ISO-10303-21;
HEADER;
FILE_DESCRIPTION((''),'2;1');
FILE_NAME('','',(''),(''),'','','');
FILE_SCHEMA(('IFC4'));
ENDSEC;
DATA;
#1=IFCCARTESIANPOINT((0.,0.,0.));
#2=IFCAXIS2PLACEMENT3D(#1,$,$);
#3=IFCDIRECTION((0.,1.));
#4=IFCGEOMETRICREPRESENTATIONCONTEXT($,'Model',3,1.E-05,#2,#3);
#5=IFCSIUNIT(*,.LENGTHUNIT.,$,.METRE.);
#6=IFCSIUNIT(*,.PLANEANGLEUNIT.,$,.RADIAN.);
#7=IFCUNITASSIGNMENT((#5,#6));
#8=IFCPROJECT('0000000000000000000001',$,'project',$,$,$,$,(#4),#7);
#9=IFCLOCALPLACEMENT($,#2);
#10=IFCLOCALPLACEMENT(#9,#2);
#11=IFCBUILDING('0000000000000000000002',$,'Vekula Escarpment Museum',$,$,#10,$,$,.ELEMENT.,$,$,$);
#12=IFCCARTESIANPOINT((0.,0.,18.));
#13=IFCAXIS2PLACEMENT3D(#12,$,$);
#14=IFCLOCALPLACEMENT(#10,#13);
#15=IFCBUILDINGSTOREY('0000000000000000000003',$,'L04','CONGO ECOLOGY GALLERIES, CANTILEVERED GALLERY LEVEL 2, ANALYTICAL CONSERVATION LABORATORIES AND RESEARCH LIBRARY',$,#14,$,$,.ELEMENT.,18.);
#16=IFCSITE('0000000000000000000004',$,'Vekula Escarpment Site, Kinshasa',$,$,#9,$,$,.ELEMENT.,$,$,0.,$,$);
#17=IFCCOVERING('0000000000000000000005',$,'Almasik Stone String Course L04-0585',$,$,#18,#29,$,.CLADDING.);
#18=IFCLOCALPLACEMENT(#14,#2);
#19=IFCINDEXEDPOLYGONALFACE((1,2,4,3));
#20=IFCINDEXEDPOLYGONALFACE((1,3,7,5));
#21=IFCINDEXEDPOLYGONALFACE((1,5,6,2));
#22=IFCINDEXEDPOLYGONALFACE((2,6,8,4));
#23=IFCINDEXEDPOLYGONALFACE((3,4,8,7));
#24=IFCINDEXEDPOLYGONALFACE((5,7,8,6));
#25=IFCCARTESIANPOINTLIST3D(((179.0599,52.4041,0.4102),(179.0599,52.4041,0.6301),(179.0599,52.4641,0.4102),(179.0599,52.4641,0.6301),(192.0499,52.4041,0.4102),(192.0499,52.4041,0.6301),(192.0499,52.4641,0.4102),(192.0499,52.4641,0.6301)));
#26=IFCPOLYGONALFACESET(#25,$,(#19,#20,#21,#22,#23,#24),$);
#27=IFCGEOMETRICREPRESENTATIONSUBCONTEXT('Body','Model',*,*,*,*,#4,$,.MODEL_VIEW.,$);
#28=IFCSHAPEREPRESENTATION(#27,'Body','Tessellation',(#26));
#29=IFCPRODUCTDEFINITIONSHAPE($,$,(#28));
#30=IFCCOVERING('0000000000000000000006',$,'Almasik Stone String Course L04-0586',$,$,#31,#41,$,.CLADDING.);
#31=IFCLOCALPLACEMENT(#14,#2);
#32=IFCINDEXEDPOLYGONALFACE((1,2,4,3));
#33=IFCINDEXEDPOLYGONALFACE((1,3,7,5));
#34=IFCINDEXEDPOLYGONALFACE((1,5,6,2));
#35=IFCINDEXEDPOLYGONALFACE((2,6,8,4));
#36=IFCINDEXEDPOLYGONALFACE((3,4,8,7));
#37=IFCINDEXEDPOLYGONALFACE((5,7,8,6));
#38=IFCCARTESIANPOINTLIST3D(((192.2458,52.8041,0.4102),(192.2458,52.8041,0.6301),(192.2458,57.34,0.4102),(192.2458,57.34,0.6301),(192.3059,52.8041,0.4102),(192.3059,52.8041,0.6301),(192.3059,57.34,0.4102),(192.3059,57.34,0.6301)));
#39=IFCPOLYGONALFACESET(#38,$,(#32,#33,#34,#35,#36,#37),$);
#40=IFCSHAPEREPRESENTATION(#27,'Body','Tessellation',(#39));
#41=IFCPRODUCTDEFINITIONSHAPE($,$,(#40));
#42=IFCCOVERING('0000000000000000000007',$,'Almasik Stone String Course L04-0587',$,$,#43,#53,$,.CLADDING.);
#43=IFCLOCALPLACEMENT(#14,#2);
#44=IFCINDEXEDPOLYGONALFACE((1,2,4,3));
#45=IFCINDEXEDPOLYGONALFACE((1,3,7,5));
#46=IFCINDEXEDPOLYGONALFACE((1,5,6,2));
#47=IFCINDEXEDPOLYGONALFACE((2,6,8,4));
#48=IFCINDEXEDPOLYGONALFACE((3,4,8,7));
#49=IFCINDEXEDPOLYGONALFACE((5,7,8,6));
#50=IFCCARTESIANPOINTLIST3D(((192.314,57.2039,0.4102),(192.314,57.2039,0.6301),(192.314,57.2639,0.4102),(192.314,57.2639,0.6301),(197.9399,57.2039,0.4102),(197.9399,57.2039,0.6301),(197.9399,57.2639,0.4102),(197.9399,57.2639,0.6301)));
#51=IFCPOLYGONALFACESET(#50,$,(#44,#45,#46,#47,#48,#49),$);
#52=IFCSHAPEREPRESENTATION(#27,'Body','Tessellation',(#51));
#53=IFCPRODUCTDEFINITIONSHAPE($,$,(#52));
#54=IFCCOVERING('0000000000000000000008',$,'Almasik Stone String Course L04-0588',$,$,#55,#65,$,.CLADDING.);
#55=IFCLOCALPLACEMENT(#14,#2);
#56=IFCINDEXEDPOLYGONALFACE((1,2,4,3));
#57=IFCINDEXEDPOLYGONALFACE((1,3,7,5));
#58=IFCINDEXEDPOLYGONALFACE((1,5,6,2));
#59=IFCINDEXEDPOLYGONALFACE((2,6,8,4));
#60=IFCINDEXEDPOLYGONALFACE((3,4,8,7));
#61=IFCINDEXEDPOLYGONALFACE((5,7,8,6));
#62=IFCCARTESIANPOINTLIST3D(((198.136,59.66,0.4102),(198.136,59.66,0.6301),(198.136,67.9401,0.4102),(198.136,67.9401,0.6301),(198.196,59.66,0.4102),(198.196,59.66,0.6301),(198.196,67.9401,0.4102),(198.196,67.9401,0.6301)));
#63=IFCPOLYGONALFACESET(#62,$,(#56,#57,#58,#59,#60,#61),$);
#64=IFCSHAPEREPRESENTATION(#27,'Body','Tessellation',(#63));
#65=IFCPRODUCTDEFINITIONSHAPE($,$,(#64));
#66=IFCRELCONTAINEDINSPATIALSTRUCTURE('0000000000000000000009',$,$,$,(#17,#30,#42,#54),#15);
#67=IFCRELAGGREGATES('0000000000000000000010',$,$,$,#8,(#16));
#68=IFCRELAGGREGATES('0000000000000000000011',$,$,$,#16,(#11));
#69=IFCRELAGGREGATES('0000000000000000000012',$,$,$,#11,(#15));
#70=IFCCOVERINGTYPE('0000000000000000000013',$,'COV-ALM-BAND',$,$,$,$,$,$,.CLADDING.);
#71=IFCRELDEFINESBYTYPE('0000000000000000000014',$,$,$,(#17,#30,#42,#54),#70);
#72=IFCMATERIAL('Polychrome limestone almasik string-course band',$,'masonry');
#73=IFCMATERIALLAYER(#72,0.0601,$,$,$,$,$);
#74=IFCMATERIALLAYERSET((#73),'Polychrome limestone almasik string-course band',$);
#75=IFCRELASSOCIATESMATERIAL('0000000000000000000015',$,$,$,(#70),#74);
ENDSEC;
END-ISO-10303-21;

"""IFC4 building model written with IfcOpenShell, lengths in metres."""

from ifc_helpers import new_model, si_unit, direction, frame, origin, origin_2d, place, context, subcontext, project, spatial, rectangle, extrude, material, layer, layer_set, type_object, element, save


model = new_model("IFC4")

# Units and contexts
model_context = context("Model", 3, precision=1e-05, world=origin(), true_north=direction((0.0, 1.0)))
body_context = subcontext(model_context, "Body", "Model", "MODEL_VIEW")
ifc_project = project(units=[si_unit("LENGTHUNIT", "METRE"), si_unit("PLANEANGLEUNIT", "RADIAN")], contexts=[model_context])

# Site, building, storey
site_placement = place(None, origin())
site = spatial("IfcSite", under=ifc_project, at=site_placement, Name="Vekula Escarpment Site, Kinshasa", CompositionType="ELEMENT", RefElevation=0.0)
building_placement = place(site_placement, origin())
building = spatial("IfcBuilding", under=site, at=building_placement, Name="Vekula Escarpment Museum", CompositionType="ELEMENT")
storey_placement = place(building_placement, frame((0.0, 0.0, 18.0)))
storey = spatial("IfcBuildingStorey", under=building, at=storey_placement, Name="L04", Description="CONGO ECOLOGY GALLERIES, CANTILEVERED GALLERY LEVEL 2, ANALYTICAL CONSERVATION LABORATORIES AND RESEARCH LIBRARY", CompositionType="ELEMENT", Elevation=18.0)

# Coverings
ifc_material_1 = material(Name="Polychrome limestone almasik string-course band", Category="masonry")
ifc_layer_1 = layer(ifc_material_1, 0.0601)
ifc_layer_set_1 = layer_set([ifc_layer_1], Name="Polychrome limestone almasik string-course band")
covering_type = type_object("IfcCoveringType", Name="COV-ALM-BAND", PredefinedType="CLADDING", material=ifc_layer_set_1)
covering_1_placement = place(storey_placement, frame((185.5549, 52.4341, 0.4102), z_axis=(0.0, 0.0, 1.0), x_axis=(1.0, 0.0, 0.0)))
element("IfcCovering", 1, at=covering_1_placement, inside=storey, type_object=covering_type, Name="Almasik Stone String Course L04-0585", PredefinedType="CLADDING", context=body_context, shape_type="SweptSolid", body=[
    extrude(rectangle(XDim=12.99, YDim=0.0601, at=origin_2d()), origin(), (0.0, 0.0, 1.0), 0.22),
])
covering_2_placement = place(storey_placement, frame((192.2759, 55.072, 0.4102), z_axis=(0.0, 0.0, 1.0), x_axis=(0.0, 1.0, 0.0)))
element("IfcCovering", 2, at=covering_2_placement, inside=storey, type_object=covering_type, Name="Almasik Stone String Course L04-0586", PredefinedType="CLADDING", context=body_context, shape_type="SweptSolid", body=[
    extrude(rectangle(XDim=4.5359, YDim=0.0601, at=origin_2d()), origin(), (0.0, 0.0, 1.0), 0.22),
])
covering_3_placement = place(storey_placement, frame((195.127, 57.2339, 0.4102), z_axis=(0.0, 0.0, 1.0), x_axis=(1.0, 0.0, 0.0)))
element("IfcCovering", 3, at=covering_3_placement, inside=storey, type_object=covering_type, Name="Almasik Stone String Course L04-0587", PredefinedType="CLADDING", context=body_context, shape_type="SweptSolid", body=[
    extrude(rectangle(XDim=5.626, YDim=0.0601, at=origin_2d()), origin(), (0.0, 0.0, 1.0), 0.22),
])
covering_4_placement = place(storey_placement, frame((198.166, 63.8, 0.4102), z_axis=(0.0, 0.0, 1.0), x_axis=(0.0, 1.0, 0.0)))
element("IfcCovering", 4, at=covering_4_placement, inside=storey, type_object=covering_type, Name="Almasik Stone String Course L04-0588", PredefinedType="CLADDING", context=body_context, shape_type="SweptSolid", body=[
    extrude(rectangle(XDim=8.28, YDim=0.0601, at=origin_2d()), origin(), (0.0, 0.0, 1.0), 0.22),
])

save(model, "model.ifc")
